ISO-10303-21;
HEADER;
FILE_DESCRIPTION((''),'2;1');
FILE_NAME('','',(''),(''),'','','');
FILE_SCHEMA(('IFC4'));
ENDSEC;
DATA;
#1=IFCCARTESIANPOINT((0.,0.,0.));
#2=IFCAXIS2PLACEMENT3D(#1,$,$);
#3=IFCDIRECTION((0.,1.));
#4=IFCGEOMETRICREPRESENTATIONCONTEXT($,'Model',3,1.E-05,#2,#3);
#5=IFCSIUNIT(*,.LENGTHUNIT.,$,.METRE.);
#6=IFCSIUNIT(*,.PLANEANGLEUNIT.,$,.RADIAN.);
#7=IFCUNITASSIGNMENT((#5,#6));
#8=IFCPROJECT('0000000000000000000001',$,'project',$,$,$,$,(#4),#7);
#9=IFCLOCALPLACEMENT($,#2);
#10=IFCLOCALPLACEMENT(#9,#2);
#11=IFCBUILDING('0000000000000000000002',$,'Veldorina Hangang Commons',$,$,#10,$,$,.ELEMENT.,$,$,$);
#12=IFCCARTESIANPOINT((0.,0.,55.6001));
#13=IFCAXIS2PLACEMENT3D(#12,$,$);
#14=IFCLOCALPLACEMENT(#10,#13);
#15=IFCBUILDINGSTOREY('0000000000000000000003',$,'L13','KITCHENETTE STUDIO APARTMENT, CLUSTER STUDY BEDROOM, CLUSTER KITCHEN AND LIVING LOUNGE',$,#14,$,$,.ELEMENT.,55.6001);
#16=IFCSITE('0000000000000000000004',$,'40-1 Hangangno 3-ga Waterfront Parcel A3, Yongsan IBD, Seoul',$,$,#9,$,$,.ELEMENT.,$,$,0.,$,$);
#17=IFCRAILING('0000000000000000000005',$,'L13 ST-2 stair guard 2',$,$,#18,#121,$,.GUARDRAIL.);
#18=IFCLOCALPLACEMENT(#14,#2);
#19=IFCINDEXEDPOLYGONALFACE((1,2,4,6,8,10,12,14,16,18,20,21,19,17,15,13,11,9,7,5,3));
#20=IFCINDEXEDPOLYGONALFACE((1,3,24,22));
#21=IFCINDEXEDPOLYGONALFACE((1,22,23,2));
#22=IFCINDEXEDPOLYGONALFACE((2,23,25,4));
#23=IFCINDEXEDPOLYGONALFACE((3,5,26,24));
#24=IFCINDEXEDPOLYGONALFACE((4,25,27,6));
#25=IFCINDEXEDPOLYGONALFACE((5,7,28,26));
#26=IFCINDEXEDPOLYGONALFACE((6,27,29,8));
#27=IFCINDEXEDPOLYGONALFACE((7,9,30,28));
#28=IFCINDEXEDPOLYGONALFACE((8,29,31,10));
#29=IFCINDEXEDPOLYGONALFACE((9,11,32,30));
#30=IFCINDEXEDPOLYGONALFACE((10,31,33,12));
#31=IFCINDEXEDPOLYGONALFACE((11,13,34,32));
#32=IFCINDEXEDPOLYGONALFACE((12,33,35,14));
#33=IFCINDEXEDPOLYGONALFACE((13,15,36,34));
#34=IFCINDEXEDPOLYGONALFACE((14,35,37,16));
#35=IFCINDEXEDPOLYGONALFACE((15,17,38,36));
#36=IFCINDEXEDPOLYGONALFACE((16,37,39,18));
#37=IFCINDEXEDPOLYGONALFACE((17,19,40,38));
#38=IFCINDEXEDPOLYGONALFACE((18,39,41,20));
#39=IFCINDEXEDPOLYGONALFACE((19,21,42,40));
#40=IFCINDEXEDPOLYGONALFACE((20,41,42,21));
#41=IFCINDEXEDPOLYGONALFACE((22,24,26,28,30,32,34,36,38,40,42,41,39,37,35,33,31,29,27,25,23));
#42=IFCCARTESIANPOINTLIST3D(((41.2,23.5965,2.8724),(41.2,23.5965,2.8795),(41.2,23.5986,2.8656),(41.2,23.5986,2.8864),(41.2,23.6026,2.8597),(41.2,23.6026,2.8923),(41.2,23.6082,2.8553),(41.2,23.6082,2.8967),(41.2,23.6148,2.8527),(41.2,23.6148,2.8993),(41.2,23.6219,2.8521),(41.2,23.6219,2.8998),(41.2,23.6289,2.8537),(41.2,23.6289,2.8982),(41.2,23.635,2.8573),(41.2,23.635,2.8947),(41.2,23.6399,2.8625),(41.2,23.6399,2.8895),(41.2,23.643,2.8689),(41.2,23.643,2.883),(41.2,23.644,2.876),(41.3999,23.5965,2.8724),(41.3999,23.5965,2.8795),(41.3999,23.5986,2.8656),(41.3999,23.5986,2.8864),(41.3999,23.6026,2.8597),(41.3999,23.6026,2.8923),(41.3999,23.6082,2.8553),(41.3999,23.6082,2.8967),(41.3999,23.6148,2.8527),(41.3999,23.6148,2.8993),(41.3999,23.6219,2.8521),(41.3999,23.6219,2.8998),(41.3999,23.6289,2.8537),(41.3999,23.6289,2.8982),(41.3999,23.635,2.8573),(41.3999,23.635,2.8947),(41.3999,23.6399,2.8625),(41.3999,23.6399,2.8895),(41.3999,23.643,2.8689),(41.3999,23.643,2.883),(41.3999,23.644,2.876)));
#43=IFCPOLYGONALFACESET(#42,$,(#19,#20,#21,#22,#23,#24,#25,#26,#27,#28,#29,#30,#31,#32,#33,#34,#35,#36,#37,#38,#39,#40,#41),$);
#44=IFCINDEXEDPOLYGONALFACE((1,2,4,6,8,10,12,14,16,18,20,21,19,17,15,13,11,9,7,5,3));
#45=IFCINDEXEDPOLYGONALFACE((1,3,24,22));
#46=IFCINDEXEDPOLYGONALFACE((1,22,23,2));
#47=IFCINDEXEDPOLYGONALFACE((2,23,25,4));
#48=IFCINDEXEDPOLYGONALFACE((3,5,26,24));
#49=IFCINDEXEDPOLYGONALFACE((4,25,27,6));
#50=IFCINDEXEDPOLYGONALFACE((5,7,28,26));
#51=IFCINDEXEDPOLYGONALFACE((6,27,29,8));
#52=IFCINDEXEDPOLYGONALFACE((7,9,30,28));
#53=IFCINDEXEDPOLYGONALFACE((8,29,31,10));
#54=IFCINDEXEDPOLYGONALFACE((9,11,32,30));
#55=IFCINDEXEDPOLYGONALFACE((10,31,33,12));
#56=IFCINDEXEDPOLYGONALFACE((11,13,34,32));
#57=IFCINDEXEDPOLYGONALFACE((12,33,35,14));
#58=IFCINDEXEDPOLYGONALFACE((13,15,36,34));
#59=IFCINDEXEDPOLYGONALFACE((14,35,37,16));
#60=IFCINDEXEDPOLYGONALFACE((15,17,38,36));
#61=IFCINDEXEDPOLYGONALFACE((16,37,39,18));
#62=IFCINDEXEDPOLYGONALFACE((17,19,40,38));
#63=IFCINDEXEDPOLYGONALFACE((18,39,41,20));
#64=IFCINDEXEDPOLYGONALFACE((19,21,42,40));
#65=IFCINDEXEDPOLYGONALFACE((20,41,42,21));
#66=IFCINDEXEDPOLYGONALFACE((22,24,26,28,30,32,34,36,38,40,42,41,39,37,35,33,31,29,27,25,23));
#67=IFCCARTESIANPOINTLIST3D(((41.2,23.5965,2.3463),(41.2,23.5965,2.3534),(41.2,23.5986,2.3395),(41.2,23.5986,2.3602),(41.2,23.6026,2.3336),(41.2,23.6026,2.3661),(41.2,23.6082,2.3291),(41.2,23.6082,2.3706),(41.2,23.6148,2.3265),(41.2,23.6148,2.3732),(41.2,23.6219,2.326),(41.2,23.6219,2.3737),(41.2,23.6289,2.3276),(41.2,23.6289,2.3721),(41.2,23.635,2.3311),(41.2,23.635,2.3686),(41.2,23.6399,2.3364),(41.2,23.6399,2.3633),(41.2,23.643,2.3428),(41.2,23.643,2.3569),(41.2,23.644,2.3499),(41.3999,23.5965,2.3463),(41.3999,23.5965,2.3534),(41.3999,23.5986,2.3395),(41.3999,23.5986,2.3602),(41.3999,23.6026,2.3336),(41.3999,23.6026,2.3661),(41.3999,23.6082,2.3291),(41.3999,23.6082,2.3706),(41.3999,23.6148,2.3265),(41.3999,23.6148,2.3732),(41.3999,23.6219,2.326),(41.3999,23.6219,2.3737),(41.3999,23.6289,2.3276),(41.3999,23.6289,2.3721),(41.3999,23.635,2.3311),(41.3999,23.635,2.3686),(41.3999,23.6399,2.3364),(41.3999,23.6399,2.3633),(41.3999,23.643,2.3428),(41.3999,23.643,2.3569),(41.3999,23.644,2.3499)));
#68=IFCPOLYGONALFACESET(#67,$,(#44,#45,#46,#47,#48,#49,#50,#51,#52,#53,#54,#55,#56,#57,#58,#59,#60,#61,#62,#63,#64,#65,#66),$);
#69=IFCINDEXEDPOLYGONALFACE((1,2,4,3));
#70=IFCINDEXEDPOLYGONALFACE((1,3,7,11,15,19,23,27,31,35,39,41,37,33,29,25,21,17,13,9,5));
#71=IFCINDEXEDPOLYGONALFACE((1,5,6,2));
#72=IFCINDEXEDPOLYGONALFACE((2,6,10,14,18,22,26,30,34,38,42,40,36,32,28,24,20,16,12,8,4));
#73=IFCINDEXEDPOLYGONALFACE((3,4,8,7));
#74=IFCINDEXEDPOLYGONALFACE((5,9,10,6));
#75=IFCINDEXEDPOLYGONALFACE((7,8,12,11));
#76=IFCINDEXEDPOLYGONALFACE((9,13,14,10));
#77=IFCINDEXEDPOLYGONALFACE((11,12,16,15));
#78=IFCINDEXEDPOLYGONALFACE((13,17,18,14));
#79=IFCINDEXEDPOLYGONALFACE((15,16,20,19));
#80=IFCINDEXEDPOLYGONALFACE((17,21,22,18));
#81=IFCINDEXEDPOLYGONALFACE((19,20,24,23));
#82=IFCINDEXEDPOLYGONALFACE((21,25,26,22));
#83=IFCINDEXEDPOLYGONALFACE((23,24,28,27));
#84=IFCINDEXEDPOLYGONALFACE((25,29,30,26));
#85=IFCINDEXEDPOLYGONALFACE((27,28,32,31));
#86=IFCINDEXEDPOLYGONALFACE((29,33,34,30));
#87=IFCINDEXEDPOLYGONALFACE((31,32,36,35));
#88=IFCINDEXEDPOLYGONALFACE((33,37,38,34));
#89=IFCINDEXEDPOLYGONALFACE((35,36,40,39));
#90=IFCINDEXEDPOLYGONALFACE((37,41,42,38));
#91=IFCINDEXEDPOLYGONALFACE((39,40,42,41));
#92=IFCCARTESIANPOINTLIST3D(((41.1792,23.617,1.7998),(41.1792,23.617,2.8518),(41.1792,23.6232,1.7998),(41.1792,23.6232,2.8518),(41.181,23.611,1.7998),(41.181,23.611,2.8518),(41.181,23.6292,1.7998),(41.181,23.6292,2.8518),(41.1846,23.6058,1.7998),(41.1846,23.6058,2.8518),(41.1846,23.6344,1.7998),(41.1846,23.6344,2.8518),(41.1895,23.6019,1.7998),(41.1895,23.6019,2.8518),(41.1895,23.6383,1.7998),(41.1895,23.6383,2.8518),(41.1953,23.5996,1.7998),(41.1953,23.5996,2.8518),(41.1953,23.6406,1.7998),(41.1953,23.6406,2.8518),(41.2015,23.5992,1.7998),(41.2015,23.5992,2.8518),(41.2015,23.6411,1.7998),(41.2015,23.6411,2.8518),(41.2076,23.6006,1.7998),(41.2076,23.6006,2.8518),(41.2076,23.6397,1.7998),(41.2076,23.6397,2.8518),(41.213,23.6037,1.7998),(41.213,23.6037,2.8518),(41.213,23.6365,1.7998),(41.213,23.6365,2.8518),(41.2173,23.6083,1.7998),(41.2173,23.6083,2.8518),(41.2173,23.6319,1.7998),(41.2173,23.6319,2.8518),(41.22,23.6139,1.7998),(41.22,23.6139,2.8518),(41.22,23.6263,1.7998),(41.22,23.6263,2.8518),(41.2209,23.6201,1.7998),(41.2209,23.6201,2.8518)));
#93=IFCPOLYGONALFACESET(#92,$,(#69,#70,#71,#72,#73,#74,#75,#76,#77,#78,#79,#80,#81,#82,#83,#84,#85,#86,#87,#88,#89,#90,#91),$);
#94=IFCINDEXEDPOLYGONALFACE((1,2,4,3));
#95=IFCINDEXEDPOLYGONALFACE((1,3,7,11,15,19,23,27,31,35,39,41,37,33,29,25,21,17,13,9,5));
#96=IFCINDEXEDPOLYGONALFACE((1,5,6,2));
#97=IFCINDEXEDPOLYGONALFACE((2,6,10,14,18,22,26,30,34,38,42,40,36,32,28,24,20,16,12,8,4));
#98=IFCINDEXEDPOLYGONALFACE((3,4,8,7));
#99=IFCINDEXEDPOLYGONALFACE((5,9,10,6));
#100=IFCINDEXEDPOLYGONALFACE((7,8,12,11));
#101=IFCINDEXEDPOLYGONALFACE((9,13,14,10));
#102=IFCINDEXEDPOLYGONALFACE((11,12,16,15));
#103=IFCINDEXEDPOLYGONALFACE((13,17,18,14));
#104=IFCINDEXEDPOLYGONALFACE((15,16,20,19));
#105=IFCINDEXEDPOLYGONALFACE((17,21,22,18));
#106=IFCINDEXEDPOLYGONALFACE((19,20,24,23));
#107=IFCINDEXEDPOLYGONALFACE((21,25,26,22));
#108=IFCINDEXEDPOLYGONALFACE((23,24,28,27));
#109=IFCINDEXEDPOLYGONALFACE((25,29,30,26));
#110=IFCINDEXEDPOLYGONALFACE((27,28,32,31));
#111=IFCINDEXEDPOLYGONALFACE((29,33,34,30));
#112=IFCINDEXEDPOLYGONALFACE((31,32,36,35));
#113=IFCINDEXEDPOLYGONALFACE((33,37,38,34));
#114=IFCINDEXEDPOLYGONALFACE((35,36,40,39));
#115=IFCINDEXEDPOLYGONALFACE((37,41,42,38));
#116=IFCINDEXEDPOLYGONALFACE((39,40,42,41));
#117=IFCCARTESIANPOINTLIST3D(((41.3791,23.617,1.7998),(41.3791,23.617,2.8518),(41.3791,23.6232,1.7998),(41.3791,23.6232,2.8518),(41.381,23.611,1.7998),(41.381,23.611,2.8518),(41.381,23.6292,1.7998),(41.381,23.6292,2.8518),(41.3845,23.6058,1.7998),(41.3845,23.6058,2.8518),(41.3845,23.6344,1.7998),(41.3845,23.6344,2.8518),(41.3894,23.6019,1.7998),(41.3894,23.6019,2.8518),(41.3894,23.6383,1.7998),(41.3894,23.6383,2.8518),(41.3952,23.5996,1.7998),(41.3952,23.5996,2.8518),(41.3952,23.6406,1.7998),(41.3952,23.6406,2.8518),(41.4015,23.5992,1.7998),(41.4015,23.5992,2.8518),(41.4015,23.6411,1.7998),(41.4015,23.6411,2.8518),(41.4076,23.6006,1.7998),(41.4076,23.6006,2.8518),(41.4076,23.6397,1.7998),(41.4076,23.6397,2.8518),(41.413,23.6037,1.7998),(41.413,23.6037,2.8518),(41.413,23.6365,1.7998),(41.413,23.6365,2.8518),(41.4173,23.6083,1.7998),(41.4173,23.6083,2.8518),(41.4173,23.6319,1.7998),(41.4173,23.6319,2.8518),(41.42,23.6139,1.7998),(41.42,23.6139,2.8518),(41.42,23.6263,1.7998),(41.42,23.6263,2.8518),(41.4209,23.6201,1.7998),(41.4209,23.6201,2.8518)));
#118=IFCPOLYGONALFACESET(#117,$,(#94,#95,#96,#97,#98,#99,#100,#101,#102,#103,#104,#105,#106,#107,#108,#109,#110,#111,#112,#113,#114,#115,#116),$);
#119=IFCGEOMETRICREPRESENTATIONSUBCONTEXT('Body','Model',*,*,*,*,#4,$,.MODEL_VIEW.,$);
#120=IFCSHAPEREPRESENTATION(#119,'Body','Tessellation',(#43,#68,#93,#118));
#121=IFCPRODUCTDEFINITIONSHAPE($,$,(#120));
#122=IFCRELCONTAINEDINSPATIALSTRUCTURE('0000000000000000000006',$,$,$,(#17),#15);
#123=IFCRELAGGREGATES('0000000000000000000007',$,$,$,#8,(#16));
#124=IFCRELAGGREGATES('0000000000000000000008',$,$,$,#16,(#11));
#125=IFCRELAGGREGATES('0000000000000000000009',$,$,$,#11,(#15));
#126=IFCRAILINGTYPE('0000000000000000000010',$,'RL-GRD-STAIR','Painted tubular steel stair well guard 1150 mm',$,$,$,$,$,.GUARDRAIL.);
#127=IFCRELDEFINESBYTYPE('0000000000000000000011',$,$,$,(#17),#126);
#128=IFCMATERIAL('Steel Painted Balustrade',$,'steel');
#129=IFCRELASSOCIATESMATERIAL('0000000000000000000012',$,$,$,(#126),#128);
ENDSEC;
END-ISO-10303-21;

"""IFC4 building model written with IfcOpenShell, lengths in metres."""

from ifc_helpers import new_model, si_unit, direction, frame, origin, origin_2d, place, context, subcontext, project, spatial, circle, extrude, material, type_object, element, save


model = new_model("IFC4")

# Units and contexts
model_context = context("Model", 3, precision=1e-05, world=origin(), true_north=direction((0.0, 1.0)))
body_context = subcontext(model_context, "Body", "Model", "MODEL_VIEW")
ifc_project = project(units=[si_unit("LENGTHUNIT", "METRE"), si_unit("PLANEANGLEUNIT", "RADIAN")], contexts=[model_context])

# Site, building, storey
site_placement = place(None, origin())
site = spatial("IfcSite", under=ifc_project, at=site_placement, Name="40-1 Hangangno 3-ga Waterfront Parcel A3, Yongsan IBD, Seoul", CompositionType="ELEMENT", RefElevation=0.0)
building_placement = place(site_placement, origin())
building = spatial("IfcBuilding", under=site, at=building_placement, Name="Veldorina Hangang Commons", CompositionType="ELEMENT")
storey_placement = place(building_placement, frame((0.0, 0.0, 55.6001)))
storey = spatial("IfcBuildingStorey", under=building, at=storey_placement, Name="L13", Description="KITCHENETTE STUDIO APARTMENT, CLUSTER STUDY BEDROOM, CLUSTER KITCHEN AND LIVING LOUNGE", CompositionType="ELEMENT", Elevation=55.6001)

# Railing
ifc_material_1 = material(Name="Steel Painted Balustrade", Category="steel")
railing_type_1 = type_object("IfcRailingType", Name="RL-GRD-STAIR", Description="Painted tubular steel stair well guard 1150 mm", PredefinedType="GUARDRAIL", material=ifc_material_1)
railing_1_placement = place(storey_placement, frame((41.2, 23.6201, 1.7998)))
element("IfcRailing", 1, at=railing_1_placement, inside=storey, type_object=railing_type_1, Name="L13 ST-2 stair guard 2", PredefinedType="GUARDRAIL", context=body_context, shape_type="SweptSolid", body=[
    extrude(circle(Radius=0.0239, at=origin_2d()), frame((0.0, 0.0, 1.0762), z_axis=(1.0, 0.0, 0.0), x_axis=(0.0, 1.0, 0.0)), (0.0, 0.0, 1.0), 0.2),
    extrude(circle(Radius=0.0239, at=origin_2d()), frame((0.0, 0.0, 0.55), z_axis=(1.0, 0.0, 0.0), x_axis=(0.0, 1.0, 0.0)), (0.0, 0.0, 1.0), 0.2),
    extrude(circle(Radius=0.021, at=origin_2d()), origin(), (0.0, 0.0, 1.0), 1.052),
    extrude(circle(Radius=0.021, at=origin_2d()), frame((0.2, 0.0, 0.0)), (0.0, 0.0, 1.0), 1.052),
])

save(model, "model.ifc")
